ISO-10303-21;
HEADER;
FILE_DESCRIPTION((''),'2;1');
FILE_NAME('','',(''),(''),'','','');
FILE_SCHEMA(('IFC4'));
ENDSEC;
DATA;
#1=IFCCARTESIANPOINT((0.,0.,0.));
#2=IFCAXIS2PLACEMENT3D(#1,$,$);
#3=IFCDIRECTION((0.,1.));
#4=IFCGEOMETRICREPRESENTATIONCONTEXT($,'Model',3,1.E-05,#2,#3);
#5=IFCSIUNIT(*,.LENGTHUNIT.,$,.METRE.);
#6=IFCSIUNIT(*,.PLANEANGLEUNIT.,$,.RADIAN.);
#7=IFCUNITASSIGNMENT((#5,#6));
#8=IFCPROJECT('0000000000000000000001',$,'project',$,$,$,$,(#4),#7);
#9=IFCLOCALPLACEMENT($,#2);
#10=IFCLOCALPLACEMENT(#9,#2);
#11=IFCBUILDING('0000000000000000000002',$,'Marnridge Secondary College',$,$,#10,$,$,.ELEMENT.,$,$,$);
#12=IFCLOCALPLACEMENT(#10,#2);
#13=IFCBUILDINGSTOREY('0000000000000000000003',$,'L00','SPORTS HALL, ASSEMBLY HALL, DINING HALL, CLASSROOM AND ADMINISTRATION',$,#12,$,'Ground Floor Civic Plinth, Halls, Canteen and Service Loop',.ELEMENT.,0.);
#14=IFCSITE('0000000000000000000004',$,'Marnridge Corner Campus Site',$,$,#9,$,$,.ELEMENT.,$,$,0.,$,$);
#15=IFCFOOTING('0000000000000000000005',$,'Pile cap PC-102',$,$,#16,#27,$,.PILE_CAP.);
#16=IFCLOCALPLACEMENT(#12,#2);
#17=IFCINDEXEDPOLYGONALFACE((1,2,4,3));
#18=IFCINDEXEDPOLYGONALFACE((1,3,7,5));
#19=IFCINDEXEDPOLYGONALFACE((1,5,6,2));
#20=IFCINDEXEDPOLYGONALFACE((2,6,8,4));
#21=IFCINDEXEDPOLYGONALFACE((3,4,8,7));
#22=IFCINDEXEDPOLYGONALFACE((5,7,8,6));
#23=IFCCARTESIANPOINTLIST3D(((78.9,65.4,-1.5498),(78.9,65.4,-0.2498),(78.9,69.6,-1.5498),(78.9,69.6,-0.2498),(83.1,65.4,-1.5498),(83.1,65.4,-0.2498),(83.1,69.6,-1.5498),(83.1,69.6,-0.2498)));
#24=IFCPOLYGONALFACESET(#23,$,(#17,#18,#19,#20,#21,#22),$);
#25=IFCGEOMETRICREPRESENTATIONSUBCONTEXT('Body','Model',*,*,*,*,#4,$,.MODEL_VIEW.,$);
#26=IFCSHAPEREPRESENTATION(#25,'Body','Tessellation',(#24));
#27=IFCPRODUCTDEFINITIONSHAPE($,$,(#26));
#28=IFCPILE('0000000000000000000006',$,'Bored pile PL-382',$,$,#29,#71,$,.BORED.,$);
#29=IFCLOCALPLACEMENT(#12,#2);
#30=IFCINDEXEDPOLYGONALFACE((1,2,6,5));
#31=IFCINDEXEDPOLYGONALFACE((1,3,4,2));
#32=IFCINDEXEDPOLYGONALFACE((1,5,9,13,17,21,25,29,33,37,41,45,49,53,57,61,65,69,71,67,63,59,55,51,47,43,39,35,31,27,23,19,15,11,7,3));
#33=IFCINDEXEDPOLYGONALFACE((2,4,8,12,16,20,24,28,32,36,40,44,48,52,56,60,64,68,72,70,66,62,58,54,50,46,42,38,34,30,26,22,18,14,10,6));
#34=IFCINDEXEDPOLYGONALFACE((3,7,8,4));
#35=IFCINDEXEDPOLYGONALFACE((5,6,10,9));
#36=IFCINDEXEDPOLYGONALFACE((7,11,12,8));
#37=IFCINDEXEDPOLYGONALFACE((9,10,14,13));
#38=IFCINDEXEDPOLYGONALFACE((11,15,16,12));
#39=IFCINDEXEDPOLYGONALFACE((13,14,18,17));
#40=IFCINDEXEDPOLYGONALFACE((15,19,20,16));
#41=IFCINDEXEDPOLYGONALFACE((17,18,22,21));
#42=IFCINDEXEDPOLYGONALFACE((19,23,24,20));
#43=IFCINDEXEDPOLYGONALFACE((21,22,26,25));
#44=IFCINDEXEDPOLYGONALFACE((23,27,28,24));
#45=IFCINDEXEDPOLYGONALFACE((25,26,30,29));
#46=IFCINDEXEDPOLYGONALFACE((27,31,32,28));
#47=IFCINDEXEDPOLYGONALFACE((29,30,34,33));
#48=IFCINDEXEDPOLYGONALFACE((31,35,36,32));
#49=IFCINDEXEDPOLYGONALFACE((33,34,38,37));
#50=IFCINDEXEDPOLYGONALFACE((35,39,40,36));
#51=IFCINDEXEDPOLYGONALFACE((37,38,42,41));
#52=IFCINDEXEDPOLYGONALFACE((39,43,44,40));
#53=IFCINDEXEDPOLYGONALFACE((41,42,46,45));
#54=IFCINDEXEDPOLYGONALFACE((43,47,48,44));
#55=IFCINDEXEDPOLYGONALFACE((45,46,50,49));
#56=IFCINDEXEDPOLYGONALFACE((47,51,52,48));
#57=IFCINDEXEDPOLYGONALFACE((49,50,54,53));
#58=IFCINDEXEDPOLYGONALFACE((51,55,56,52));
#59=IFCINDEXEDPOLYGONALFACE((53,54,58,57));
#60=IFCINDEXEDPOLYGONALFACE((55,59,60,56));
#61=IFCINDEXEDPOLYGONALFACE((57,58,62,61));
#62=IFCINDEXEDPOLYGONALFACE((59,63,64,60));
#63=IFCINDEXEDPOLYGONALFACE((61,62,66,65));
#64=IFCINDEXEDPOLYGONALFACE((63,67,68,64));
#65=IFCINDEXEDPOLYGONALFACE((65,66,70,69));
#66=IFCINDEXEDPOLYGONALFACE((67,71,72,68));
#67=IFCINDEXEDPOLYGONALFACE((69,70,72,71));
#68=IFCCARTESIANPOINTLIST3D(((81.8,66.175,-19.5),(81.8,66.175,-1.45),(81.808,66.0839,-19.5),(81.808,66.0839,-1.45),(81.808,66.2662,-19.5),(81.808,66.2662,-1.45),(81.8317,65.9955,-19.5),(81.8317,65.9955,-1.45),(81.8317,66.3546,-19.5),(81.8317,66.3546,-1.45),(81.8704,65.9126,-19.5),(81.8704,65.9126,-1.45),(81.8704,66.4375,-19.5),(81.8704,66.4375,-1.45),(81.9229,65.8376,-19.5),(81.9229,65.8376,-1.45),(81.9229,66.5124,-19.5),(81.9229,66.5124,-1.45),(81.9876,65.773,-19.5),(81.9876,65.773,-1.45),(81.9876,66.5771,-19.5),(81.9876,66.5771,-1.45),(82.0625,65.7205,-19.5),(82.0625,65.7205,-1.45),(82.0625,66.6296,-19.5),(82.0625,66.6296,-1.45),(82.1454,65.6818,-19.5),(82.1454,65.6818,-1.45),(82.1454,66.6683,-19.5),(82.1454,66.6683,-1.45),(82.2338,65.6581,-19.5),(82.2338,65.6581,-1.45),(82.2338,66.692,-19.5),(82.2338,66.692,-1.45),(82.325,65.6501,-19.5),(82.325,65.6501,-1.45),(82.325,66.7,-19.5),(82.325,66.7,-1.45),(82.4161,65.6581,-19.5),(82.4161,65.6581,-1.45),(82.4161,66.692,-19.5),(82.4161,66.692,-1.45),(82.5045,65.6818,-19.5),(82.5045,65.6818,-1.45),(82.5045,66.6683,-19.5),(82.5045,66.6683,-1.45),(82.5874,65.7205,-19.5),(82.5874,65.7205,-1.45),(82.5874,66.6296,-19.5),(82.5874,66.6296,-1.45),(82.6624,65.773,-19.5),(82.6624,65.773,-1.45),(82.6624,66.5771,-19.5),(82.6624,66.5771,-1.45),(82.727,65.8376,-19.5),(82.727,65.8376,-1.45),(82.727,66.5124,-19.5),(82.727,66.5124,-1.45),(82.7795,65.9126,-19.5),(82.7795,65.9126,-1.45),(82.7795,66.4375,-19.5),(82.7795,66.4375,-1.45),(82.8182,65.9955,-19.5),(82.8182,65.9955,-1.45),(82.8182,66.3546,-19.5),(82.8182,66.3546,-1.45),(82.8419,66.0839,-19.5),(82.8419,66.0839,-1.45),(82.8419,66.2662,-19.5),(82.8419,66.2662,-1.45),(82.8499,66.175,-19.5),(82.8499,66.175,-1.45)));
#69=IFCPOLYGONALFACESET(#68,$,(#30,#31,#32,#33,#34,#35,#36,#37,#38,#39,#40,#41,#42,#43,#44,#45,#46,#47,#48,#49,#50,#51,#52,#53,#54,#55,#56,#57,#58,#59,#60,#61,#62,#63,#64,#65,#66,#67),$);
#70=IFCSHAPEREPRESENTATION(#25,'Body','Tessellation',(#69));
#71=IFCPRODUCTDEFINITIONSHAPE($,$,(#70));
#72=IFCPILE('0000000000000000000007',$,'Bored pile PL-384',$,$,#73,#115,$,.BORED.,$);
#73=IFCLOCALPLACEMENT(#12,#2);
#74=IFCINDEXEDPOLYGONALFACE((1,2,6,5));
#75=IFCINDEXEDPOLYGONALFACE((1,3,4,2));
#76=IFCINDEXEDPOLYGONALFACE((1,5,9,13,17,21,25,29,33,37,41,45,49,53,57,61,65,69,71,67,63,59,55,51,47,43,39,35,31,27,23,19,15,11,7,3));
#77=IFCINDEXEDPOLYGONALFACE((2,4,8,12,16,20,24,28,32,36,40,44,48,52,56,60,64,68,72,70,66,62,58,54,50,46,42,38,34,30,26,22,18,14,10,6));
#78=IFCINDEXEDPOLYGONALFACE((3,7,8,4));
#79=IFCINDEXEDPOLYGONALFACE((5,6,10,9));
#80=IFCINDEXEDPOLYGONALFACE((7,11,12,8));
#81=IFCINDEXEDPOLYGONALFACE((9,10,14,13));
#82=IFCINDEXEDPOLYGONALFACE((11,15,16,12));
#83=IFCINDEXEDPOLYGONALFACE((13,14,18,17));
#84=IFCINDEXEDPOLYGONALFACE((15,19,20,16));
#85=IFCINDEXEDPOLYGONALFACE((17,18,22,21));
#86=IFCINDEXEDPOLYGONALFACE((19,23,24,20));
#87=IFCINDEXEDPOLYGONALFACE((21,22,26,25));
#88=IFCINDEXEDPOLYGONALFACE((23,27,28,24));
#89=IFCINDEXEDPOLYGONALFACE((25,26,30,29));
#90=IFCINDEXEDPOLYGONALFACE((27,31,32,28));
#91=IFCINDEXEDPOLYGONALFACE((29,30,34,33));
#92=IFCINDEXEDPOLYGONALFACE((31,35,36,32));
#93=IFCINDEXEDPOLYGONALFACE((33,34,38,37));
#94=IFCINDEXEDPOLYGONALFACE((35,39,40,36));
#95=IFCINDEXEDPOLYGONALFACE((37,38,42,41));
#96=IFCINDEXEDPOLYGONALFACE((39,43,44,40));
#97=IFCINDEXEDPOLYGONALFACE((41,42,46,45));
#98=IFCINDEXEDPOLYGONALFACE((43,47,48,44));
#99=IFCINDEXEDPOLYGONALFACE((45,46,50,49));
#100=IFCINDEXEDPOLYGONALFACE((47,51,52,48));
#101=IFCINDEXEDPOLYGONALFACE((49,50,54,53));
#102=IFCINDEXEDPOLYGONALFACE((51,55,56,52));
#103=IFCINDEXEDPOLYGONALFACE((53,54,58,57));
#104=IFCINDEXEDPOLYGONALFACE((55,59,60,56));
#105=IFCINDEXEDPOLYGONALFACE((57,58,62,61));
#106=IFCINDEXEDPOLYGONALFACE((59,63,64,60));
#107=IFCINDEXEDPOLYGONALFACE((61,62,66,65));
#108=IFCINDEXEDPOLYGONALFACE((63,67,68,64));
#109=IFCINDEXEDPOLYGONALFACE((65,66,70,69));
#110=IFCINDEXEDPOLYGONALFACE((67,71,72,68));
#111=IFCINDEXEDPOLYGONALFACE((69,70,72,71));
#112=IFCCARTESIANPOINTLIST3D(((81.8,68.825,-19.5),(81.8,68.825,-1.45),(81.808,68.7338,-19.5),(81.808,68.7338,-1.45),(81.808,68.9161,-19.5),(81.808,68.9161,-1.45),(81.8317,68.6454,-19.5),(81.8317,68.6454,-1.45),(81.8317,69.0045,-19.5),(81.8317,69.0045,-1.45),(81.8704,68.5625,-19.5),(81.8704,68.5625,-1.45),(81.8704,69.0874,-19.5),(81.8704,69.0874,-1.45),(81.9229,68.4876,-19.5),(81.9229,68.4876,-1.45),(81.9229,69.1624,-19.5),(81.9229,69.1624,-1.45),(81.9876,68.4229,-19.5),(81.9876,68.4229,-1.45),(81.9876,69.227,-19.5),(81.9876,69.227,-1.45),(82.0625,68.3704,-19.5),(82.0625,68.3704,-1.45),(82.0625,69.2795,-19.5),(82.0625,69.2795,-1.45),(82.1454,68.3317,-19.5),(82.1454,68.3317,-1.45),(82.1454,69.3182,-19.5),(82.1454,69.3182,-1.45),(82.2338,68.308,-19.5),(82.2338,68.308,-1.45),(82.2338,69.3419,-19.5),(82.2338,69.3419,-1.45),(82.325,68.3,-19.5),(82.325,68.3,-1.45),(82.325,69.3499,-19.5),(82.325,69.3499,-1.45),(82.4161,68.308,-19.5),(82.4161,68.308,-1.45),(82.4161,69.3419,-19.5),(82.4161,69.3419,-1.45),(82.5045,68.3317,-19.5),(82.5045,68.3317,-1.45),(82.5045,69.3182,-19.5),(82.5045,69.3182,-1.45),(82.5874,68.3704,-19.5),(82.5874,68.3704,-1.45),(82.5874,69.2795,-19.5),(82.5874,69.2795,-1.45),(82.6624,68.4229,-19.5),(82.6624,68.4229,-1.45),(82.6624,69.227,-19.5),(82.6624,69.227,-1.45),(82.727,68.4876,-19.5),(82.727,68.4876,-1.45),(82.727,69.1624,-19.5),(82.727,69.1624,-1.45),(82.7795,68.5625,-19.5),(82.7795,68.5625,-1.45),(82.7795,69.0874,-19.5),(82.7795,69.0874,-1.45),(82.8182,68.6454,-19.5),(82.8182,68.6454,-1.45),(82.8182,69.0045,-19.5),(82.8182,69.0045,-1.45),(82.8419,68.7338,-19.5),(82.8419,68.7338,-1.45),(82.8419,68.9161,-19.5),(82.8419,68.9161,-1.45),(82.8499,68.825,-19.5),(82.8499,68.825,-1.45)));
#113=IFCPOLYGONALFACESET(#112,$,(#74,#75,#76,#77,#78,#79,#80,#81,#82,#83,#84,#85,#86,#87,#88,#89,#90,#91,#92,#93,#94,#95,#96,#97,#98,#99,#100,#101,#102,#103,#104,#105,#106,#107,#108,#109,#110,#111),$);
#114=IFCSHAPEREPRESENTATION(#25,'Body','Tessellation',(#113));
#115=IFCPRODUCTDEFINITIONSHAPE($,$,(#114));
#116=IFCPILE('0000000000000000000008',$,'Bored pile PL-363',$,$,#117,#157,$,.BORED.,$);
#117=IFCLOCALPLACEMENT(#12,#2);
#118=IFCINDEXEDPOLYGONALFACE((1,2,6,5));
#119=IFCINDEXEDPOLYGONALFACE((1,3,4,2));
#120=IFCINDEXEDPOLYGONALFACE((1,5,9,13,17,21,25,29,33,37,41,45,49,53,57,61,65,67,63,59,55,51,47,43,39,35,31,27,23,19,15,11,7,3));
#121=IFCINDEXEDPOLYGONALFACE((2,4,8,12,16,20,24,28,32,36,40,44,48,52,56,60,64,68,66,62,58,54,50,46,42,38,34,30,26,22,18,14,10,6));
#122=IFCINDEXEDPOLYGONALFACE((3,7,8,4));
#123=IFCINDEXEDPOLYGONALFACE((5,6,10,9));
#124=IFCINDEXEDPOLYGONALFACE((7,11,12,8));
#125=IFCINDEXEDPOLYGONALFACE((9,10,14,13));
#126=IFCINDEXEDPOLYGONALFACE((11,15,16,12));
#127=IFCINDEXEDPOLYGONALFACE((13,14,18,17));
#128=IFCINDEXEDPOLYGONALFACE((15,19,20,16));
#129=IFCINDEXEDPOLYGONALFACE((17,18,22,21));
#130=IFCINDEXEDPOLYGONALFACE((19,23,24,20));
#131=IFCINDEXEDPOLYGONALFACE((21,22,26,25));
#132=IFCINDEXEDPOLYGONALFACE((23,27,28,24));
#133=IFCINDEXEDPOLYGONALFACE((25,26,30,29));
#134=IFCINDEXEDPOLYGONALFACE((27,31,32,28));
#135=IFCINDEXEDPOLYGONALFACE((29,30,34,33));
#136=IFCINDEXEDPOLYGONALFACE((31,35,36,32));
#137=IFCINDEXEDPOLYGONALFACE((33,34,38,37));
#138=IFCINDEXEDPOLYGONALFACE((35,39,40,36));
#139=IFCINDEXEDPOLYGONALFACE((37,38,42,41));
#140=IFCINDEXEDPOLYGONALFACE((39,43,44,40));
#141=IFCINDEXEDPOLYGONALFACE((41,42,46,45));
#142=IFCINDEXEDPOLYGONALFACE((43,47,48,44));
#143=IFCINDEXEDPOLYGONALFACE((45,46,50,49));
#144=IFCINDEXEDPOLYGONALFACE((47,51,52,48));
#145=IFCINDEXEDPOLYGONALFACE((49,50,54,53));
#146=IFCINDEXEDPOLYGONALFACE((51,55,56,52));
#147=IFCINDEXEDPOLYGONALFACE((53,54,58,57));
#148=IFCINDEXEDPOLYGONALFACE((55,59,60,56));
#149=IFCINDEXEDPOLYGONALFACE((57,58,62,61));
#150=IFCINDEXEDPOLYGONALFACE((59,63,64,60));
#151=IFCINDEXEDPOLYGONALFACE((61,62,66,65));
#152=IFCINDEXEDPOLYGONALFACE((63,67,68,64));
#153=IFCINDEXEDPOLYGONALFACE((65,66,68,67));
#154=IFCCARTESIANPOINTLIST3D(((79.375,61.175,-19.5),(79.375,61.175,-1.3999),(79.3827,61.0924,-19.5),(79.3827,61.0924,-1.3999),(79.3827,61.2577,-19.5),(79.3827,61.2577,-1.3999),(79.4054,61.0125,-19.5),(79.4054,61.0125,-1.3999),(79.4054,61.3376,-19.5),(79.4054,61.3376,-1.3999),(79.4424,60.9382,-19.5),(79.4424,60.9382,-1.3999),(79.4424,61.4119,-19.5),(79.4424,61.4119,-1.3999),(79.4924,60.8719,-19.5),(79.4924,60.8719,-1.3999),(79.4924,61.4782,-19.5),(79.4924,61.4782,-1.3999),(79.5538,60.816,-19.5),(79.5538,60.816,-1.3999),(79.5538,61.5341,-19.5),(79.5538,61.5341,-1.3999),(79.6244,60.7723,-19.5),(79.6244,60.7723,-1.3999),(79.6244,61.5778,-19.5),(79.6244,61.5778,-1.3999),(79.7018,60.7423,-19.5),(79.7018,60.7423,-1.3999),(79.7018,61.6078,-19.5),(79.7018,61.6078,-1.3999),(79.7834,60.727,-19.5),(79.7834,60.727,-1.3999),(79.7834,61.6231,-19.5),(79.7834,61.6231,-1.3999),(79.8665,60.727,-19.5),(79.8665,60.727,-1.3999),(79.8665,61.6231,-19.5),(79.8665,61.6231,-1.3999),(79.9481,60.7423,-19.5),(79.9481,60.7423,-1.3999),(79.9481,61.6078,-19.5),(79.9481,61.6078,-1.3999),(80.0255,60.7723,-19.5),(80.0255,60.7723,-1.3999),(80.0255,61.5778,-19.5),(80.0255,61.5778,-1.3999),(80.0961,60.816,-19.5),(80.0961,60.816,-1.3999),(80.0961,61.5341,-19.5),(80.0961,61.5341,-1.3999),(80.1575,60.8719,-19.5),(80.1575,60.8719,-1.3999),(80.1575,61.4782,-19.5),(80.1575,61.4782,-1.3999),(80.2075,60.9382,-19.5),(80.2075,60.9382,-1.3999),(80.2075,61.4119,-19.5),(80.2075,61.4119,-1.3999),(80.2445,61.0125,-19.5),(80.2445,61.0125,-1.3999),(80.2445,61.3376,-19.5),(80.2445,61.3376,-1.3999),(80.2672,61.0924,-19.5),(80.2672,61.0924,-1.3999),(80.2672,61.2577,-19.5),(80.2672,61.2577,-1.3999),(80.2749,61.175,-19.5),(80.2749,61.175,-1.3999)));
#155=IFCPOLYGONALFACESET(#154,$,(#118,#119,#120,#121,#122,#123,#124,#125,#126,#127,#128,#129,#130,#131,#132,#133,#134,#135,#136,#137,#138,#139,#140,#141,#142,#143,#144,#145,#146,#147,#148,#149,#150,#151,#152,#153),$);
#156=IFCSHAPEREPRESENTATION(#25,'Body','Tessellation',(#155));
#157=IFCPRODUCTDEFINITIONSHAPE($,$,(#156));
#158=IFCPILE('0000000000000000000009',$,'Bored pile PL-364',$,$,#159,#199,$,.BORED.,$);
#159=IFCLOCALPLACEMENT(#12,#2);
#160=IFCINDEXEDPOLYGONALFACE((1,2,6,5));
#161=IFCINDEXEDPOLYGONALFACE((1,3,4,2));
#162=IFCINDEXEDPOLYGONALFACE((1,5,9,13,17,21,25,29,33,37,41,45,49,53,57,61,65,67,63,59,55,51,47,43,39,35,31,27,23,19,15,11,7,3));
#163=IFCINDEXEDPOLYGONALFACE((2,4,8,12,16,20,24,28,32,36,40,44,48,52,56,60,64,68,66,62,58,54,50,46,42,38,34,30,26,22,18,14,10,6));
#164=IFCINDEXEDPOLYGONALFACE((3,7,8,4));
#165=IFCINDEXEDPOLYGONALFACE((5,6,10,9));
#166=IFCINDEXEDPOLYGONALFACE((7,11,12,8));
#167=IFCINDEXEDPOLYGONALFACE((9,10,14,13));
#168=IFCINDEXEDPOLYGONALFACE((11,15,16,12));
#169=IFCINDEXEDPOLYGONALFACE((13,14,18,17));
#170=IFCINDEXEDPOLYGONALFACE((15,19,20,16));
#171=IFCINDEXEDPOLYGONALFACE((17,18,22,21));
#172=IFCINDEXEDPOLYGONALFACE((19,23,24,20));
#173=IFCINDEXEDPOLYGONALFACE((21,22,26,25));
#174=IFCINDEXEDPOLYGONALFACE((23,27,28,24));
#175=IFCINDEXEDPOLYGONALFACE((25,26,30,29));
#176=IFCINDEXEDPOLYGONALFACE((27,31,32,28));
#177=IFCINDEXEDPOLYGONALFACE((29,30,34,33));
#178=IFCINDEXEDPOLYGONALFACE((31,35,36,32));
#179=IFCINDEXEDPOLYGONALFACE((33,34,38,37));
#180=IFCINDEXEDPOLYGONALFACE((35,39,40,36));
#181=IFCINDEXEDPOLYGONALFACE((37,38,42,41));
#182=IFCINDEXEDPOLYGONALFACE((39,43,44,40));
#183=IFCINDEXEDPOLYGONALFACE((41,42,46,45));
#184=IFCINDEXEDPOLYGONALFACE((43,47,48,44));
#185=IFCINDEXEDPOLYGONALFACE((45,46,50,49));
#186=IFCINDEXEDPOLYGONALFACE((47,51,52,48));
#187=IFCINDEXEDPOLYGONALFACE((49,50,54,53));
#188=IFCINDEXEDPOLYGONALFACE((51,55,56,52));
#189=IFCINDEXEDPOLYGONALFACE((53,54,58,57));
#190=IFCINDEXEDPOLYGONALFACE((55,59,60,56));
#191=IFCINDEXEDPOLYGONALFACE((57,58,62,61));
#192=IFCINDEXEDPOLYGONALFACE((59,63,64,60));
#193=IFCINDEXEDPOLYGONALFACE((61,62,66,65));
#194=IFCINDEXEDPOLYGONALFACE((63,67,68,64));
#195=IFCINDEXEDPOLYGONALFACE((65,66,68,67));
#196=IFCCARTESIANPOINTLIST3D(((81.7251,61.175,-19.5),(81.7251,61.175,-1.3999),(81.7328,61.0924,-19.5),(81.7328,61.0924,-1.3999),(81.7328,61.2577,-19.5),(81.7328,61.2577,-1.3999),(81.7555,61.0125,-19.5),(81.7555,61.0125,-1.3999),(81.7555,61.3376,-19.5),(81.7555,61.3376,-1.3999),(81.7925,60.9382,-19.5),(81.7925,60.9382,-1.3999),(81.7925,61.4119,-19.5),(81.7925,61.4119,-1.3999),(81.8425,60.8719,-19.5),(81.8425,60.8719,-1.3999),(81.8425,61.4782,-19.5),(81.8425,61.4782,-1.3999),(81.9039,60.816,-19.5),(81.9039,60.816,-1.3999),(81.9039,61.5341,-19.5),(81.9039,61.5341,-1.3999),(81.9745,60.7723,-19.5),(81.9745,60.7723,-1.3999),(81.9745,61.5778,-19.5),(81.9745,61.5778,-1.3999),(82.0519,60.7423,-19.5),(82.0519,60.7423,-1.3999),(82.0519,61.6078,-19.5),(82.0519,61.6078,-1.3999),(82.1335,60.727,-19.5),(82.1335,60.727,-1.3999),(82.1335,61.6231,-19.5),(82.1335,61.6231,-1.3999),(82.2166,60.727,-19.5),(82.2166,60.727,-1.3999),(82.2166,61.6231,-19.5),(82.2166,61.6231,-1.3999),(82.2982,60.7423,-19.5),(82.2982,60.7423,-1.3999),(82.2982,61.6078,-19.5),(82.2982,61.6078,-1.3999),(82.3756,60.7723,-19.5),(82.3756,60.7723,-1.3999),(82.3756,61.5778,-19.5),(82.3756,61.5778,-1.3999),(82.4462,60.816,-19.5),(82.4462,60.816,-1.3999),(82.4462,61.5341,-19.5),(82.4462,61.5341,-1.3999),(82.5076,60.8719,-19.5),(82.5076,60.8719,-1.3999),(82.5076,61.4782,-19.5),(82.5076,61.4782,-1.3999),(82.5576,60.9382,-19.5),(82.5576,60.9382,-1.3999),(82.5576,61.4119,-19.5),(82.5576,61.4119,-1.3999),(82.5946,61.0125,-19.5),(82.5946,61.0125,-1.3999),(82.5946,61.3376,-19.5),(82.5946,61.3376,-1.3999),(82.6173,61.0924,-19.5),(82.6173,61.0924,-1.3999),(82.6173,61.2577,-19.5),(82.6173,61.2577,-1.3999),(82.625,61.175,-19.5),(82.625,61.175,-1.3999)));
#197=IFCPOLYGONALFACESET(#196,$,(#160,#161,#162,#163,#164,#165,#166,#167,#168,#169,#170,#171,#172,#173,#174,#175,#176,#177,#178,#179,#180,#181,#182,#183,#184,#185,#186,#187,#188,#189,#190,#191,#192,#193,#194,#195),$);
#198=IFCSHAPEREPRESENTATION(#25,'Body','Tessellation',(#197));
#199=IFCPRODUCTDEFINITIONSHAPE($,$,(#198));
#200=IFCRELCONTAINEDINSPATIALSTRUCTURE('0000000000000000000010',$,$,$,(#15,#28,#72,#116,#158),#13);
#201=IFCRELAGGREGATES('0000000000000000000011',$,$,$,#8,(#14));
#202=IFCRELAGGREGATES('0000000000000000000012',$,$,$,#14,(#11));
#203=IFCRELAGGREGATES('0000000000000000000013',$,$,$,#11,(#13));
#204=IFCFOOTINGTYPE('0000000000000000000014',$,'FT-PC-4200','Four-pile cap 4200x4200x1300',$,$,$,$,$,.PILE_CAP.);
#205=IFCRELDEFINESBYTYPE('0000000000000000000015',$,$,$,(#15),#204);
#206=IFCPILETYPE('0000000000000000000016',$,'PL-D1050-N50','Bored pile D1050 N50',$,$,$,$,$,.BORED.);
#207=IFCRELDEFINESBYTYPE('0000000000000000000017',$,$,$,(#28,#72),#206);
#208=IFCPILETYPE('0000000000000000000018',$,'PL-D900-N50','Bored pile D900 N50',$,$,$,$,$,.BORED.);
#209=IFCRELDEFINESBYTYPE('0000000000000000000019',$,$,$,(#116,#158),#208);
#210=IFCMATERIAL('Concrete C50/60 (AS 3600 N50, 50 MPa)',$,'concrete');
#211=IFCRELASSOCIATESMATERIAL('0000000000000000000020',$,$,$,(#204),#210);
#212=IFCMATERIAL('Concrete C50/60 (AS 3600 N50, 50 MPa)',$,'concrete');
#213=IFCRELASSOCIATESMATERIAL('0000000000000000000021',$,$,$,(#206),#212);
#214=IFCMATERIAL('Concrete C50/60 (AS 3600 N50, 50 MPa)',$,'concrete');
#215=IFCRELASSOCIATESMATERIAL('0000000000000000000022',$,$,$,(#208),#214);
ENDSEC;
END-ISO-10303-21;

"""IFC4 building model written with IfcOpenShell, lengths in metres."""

from ifc_helpers import new_model, si_unit, direction, frame, origin, origin_2d, place, context, subcontext, project, spatial, rectangle, circle, extrude, material, material_profile, profile_set, type_object, element, save


model = new_model("IFC4")

# Units and contexts
model_context = context("Model", 3, precision=1e-05, world=origin(), true_north=direction((0.0, 1.0)))
body_context = subcontext(model_context, "Body", "Model", "MODEL_VIEW")
ifc_project = project(units=[si_unit("LENGTHUNIT", "METRE"), si_unit("PLANEANGLEUNIT", "RADIAN")], contexts=[model_context])

# Site, building, storey
site_placement = place(None, origin())
site = spatial("IfcSite", under=ifc_project, at=site_placement, Name="Marnridge Corner Campus Site", CompositionType="ELEMENT", RefElevation=0.0)
building_placement = place(site_placement, origin())
building = spatial("IfcBuilding", under=site, at=building_placement, Name="Marnridge Secondary College", CompositionType="ELEMENT")
storey_placement = place(building_placement, origin())
storey = spatial("IfcBuildingStorey", under=building, at=storey_placement, Name="L00", Description="SPORTS HALL, ASSEMBLY HALL, DINING HALL, CLASSROOM AND ADMINISTRATION", LongName="Ground Floor Civic Plinth, Halls, Canteen and Service Loop", CompositionType="ELEMENT", Elevation=0.0)

# Footing
ifc_material_1 = material(Name="Concrete C50/60 (AS 3600 N50, 50 MPa)", Category="concrete")
footing_type = type_object("IfcFootingType", Name="FT-PC-4200", Description="Four-pile cap 4200x4200x1300", PredefinedType="PILE_CAP", material=ifc_material_1)
footing_placement = place(storey_placement, frame((81.0, 67.5, -1.5498), z_axis=(0.0, 0.0, 1.0), x_axis=(1.0, 0.0, 0.0)))
element("IfcFooting", 1, at=footing_placement, inside=storey, type_object=footing_type, Name="Pile cap PC-102", PredefinedType="PILE_CAP", context=body_context, shape_type="SweptSolid", body=[
    extrude(rectangle(XDim=4.2, YDim=4.2, at=origin_2d()), origin(), (0.0, 0.0, 1.0), 1.3),
])

# Piles
ifc_material_2 = material(Name="Concrete C50/60 (AS 3600 N50, 50 MPa)", Category="concrete")
ifc_material_profile_1 = material_profile(ifc_material_2, circle(Radius=0.5249, at=origin_2d()), Name="PILE D1050")
ifc_profile_set_1 = profile_set([ifc_material_profile_1], Name="Concrete C50/60 (AS 3600 N50, 50 MPa)")
pile_type_1 = type_object("IfcPileType", Name="PL-D1050-N50", Description="Bored pile D1050 N50", PredefinedType="BORED", material=ifc_profile_set_1)
for number, where, z_axis, x_axis, name in (
    (2, (82.325, 66.175, -1.45), (0.0, 0.0, -1.0), (1.0, 0.0, 0.0), "Bored pile PL-382"),
    (3, (82.325, 68.825, -1.45), (0.0, 0.0, -1.0), (1.0, 0.0, 0.0), "Bored pile PL-384"),
):
    element("IfcPile", number, at=place(storey_placement, frame(where, z_axis=z_axis, x_axis=x_axis)), inside=storey, type_object=pile_type_1, Name=name, PredefinedType="BORED", context=body_context, shape_type="SweptSolid", body=[
        extrude(circle(Radius=0.5249, at=origin_2d()), origin(), (0.0, 0.0, 1.0), 18.05),
    ])
ifc_material_3 = material(Name="Concrete C50/60 (AS 3600 N50, 50 MPa)", Category="concrete")
ifc_material_profile_2 = material_profile(ifc_material_3, circle(Radius=0.45, at=origin_2d()), Name="PILE D900")
ifc_profile_set_2 = profile_set([ifc_material_profile_2], Name="Concrete C50/60 (AS 3600 N50, 50 MPa)")
pile_type_2 = type_object("IfcPileType", Name="PL-D900-N50", Description="Bored pile D900 N50", PredefinedType="BORED", material=ifc_profile_set_2)
for number, where, z_axis, x_axis, name in (
    (4, (79.825, 61.175, -1.3999), (0.0, 0.0, -1.0), (1.0, 0.0, 0.0), "Bored pile PL-363"),
    (5, (82.175, 61.175, -1.3999), (0.0, 0.0, -1.0), (1.0, 0.0, 0.0), "Bored pile PL-364"),
):
    element("IfcPile", number, at=place(storey_placement, frame(where, z_axis=z_axis, x_axis=x_axis)), inside=storey, type_object=pile_type_2, Name=name, PredefinedType="BORED", context=body_context, shape_type="SweptSolid", body=[
        extrude(circle(Radius=0.45, at=origin_2d()), origin(), (0.0, 0.0, 1.0), 18.1001),
    ])

save(model, "model.ifc")
